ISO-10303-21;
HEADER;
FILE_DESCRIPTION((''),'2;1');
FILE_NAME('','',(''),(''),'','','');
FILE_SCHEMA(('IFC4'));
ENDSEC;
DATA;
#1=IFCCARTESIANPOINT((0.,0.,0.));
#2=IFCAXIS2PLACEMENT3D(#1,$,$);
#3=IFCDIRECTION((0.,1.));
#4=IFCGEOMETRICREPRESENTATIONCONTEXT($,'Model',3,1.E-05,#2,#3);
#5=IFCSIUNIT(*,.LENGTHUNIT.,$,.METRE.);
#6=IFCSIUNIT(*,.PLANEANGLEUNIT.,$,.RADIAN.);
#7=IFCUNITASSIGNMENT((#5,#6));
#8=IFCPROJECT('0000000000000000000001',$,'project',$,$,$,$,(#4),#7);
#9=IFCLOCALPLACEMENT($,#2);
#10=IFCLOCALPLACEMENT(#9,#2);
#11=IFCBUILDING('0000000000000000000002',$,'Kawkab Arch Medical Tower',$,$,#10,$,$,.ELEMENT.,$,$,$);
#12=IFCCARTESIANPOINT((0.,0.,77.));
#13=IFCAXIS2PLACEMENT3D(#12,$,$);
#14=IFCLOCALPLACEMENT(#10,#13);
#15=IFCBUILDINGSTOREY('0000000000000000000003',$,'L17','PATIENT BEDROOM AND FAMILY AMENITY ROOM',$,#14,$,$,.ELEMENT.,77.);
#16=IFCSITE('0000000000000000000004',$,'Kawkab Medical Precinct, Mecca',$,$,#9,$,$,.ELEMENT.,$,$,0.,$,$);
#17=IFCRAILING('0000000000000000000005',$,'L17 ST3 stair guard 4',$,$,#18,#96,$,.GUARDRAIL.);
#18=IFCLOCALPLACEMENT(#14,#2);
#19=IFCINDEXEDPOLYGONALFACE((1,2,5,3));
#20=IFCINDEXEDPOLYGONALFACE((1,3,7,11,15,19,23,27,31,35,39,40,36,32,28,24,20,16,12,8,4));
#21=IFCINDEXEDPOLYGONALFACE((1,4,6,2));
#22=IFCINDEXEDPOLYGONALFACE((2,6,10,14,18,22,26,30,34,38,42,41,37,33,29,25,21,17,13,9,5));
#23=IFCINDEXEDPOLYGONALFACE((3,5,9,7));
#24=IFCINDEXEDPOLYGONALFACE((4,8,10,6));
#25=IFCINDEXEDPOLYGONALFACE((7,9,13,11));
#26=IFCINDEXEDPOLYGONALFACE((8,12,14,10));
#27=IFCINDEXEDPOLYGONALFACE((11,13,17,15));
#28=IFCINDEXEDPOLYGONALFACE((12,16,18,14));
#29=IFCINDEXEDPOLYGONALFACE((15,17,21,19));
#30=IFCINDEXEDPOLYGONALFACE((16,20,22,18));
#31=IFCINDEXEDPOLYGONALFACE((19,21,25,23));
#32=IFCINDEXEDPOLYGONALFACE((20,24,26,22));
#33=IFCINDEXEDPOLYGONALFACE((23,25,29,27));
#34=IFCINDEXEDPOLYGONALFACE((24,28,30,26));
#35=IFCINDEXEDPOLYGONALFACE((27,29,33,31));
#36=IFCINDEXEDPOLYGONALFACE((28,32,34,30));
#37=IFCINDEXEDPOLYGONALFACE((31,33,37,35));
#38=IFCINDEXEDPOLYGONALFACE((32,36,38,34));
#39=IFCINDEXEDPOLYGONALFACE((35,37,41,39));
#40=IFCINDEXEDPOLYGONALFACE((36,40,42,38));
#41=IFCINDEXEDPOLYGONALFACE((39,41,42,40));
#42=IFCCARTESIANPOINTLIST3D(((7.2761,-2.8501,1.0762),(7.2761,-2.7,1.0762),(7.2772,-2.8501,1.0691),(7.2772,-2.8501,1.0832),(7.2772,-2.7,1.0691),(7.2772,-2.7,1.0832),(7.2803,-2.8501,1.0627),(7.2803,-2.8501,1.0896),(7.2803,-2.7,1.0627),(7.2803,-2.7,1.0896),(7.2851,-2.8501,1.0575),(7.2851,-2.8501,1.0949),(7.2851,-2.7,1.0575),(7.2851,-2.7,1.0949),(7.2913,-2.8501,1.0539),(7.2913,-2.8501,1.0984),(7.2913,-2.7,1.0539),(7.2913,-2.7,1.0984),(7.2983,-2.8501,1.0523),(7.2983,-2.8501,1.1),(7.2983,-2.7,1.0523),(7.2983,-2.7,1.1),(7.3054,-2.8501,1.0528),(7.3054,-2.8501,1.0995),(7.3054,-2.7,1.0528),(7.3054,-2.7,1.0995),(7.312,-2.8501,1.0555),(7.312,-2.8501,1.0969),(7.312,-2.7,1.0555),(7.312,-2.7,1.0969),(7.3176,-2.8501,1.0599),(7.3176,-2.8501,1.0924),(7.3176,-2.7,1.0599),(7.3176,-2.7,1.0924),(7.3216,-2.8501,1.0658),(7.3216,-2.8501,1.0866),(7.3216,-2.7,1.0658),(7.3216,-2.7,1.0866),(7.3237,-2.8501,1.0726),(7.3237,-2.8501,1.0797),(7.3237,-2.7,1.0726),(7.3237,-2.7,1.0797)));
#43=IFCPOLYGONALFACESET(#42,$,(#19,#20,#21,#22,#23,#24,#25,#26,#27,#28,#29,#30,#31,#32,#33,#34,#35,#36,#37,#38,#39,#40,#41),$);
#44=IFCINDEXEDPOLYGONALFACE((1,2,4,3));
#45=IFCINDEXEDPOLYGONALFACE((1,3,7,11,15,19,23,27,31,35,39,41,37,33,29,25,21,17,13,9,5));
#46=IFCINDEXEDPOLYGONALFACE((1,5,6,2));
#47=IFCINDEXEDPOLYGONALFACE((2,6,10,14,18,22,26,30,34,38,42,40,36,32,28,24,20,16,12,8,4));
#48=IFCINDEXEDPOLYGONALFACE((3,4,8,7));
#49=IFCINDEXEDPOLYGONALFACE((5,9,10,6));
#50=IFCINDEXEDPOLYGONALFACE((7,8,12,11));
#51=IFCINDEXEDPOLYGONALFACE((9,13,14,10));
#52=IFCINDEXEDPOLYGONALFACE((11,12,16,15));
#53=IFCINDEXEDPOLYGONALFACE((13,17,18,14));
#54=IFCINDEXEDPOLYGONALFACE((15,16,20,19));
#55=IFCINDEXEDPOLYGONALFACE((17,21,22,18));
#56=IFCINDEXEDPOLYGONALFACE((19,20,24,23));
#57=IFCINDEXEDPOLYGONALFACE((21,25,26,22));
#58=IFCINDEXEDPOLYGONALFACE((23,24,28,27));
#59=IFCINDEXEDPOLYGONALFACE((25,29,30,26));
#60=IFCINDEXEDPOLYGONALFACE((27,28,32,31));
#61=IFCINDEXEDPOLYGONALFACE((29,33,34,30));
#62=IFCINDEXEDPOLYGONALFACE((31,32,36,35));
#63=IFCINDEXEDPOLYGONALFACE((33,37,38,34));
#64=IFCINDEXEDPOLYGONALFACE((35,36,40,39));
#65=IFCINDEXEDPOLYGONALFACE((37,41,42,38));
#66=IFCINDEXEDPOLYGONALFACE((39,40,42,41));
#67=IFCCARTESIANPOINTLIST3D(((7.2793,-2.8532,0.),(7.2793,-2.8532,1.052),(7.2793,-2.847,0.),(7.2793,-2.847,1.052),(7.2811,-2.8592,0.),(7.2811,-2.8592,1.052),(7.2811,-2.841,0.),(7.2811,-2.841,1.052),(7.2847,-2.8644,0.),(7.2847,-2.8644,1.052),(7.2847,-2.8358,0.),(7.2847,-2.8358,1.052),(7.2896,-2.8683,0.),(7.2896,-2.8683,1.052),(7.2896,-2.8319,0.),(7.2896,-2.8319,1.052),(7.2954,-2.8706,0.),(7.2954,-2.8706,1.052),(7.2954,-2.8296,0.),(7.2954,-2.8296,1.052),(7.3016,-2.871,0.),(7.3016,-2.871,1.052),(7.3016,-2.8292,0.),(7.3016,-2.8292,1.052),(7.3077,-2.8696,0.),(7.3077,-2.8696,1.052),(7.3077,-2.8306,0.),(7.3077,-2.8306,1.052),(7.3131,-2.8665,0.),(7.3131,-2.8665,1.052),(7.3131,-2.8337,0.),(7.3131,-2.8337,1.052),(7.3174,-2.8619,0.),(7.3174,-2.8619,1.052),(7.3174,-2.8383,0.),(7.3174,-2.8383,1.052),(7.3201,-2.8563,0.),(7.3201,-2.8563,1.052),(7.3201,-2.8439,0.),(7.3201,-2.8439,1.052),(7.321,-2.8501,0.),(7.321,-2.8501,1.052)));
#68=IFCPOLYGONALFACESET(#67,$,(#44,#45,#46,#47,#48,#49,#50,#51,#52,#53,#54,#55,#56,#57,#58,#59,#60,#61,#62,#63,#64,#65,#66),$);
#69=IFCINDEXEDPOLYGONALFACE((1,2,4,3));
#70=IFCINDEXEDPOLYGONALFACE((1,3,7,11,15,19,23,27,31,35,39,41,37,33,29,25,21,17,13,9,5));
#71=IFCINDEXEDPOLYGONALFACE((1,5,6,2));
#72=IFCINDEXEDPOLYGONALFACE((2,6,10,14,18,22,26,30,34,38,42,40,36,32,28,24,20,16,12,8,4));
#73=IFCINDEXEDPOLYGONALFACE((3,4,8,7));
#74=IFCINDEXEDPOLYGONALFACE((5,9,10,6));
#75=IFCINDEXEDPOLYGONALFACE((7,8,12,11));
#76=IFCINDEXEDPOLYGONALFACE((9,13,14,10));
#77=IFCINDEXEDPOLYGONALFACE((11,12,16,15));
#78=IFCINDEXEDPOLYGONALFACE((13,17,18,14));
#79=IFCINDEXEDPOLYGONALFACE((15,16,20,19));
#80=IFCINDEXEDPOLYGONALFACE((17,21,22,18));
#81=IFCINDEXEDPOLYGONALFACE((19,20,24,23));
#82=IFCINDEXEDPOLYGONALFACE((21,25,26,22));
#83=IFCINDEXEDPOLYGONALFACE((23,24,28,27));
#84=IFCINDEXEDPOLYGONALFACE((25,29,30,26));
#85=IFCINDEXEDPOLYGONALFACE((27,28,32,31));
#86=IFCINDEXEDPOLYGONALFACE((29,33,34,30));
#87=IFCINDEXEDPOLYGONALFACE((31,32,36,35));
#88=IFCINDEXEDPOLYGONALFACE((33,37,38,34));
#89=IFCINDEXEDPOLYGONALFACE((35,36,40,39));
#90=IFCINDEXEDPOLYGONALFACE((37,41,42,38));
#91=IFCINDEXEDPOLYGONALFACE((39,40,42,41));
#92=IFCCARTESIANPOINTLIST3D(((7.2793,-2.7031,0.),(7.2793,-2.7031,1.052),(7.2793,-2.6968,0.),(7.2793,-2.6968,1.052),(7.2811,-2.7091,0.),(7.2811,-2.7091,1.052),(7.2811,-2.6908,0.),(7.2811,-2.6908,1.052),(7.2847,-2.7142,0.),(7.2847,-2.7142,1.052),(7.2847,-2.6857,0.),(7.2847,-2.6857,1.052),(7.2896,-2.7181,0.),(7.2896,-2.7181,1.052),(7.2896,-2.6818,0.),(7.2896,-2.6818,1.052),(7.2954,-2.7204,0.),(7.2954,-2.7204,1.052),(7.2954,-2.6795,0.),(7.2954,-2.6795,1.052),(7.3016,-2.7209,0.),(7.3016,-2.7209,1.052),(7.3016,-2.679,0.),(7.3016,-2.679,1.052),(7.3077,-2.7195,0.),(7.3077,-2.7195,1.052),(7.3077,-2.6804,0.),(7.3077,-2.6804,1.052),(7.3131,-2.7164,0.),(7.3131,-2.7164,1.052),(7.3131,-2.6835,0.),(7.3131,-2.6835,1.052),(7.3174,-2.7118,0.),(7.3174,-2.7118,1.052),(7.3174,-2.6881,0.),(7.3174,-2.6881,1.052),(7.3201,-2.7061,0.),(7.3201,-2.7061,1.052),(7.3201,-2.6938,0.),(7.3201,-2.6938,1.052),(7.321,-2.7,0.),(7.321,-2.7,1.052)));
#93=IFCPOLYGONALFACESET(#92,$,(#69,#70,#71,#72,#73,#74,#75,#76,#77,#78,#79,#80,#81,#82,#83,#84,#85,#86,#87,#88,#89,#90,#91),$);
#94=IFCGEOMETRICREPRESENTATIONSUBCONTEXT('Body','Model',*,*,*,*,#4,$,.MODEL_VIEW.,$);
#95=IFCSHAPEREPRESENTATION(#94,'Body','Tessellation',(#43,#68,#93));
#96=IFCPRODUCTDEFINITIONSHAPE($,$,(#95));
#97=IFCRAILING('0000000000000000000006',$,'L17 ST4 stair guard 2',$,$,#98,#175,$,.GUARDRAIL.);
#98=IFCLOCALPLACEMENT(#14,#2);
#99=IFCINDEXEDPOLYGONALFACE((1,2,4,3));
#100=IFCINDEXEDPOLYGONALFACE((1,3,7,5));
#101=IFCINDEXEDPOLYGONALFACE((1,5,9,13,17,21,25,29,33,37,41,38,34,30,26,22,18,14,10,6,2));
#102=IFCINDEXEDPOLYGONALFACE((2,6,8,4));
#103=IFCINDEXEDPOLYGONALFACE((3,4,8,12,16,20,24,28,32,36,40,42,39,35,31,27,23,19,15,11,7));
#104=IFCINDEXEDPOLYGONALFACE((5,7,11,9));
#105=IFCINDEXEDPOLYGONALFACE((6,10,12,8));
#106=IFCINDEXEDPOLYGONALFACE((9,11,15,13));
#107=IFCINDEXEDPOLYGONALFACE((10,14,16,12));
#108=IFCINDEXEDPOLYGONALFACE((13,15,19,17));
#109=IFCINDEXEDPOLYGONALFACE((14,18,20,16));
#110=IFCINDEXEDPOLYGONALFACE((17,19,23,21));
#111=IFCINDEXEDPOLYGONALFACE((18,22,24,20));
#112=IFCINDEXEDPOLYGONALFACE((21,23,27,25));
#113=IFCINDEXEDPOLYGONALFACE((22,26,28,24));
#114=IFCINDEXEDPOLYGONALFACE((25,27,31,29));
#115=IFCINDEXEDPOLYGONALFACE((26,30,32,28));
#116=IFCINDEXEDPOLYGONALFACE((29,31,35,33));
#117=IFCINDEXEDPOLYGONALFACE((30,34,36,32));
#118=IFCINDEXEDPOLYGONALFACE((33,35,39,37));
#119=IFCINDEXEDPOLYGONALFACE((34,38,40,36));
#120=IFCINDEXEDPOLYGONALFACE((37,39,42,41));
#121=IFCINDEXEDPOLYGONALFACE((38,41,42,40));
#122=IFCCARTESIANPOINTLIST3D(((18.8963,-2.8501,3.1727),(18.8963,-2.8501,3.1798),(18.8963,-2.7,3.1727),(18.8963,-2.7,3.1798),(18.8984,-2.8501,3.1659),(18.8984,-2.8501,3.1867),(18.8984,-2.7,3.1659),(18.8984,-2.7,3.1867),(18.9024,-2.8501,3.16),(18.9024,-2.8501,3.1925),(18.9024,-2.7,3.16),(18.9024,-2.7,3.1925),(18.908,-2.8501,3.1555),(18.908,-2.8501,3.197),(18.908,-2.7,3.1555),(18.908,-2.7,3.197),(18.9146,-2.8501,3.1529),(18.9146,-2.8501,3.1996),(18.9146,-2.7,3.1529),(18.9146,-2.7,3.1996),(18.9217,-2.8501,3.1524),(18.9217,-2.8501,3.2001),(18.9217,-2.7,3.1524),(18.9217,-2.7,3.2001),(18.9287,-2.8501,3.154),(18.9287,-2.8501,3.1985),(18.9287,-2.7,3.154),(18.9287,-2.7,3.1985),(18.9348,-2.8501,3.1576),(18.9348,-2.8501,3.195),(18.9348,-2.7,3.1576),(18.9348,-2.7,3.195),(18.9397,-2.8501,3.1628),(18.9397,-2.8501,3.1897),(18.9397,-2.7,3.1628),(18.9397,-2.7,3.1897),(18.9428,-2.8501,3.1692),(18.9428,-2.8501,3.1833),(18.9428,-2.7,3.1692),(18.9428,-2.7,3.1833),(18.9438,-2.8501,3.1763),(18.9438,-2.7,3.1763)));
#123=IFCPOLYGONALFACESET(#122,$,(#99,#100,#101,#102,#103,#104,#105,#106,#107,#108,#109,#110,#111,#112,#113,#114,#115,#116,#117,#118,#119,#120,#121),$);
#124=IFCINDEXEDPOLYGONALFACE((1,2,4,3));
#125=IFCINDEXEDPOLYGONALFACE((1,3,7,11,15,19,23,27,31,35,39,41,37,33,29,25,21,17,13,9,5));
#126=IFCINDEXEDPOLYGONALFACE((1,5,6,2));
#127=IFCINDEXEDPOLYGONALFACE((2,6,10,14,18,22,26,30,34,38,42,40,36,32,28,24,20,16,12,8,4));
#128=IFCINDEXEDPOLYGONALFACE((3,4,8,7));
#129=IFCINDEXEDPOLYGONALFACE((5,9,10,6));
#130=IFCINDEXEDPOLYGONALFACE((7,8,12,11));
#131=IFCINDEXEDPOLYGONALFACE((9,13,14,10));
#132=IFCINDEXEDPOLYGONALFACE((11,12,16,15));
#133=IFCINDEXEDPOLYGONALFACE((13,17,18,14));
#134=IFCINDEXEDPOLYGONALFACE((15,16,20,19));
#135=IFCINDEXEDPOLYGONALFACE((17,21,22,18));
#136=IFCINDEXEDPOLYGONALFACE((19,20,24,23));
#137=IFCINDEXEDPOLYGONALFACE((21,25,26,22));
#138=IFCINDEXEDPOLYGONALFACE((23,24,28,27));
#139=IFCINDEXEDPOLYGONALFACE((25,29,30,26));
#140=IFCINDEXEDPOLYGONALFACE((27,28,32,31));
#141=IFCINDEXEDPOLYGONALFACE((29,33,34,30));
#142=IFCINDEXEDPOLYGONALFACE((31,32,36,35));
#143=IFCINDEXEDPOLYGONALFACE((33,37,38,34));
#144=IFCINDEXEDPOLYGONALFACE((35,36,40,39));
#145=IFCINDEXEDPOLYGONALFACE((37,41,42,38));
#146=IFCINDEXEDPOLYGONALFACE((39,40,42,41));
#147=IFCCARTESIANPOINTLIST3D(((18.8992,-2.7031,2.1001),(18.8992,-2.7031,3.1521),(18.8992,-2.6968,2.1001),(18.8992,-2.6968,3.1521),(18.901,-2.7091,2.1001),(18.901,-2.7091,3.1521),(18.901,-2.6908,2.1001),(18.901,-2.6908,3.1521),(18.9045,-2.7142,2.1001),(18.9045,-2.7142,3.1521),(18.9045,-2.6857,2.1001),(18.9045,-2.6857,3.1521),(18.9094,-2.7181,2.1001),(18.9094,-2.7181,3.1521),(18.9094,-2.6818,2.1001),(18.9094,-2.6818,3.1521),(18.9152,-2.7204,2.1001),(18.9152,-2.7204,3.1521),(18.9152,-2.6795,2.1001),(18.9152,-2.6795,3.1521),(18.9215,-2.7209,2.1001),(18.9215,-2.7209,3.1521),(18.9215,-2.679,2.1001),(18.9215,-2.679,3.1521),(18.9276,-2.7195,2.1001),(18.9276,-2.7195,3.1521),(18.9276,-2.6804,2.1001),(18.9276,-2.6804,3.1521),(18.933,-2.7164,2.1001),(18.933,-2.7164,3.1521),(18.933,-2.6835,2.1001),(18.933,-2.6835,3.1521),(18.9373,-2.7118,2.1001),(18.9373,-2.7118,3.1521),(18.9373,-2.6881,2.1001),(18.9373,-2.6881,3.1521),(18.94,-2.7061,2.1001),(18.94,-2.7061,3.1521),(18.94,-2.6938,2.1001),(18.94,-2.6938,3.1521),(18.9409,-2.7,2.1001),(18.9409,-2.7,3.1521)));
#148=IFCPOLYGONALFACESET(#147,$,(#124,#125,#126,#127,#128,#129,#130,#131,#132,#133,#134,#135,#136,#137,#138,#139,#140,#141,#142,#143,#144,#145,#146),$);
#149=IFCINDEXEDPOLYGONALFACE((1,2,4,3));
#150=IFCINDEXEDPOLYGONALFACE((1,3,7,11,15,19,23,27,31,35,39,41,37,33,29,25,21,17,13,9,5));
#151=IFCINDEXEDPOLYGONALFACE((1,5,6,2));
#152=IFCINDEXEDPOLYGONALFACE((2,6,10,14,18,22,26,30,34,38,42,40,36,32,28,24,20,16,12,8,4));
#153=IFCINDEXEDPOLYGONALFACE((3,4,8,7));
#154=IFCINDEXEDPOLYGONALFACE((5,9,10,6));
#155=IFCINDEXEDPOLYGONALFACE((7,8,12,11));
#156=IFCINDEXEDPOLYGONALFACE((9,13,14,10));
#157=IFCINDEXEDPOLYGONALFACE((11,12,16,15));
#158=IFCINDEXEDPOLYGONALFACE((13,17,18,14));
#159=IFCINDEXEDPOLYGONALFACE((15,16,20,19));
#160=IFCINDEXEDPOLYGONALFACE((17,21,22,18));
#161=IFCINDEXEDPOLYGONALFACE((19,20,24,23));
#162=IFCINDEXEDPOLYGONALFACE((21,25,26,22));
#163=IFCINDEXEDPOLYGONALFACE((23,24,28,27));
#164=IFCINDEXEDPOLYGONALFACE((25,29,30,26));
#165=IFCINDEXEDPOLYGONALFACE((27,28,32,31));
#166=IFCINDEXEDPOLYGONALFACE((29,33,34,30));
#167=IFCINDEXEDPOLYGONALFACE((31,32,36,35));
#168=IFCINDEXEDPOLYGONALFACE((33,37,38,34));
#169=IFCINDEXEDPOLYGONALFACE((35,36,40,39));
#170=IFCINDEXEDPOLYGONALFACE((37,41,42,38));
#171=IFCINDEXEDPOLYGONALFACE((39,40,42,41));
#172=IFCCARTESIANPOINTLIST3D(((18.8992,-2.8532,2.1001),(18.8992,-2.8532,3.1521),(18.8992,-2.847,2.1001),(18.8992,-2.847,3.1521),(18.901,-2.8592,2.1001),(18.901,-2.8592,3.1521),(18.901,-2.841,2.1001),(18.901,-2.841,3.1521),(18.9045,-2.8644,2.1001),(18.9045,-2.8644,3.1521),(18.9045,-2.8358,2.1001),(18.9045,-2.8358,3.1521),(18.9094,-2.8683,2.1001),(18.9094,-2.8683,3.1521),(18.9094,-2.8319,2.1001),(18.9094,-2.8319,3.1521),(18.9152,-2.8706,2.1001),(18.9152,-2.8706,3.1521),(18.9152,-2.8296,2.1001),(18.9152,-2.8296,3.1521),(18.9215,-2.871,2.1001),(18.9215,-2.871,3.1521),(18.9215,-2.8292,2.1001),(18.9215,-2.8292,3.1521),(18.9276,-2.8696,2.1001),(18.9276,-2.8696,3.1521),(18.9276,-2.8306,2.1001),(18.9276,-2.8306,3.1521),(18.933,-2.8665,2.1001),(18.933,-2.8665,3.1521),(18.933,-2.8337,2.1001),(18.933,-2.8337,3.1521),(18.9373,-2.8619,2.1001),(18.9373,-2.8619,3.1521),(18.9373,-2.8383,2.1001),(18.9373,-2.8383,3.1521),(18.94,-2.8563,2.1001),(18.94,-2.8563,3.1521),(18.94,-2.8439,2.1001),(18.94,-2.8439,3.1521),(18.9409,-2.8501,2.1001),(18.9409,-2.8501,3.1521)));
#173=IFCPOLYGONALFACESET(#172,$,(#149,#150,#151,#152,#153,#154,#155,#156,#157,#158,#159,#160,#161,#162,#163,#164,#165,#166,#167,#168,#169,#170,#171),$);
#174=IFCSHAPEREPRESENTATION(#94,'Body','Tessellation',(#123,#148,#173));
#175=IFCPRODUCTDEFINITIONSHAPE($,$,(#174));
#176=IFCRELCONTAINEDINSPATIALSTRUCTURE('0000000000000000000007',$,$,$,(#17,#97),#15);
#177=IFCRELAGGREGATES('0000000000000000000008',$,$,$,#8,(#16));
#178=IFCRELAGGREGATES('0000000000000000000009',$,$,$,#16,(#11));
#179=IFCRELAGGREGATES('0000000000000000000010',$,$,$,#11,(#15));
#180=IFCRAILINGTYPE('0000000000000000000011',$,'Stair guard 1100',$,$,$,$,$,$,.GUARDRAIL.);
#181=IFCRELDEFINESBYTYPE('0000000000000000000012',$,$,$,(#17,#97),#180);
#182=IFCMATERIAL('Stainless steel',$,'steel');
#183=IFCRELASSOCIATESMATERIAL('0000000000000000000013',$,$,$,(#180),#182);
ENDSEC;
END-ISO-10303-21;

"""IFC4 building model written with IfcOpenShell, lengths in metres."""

from ifc_helpers import new_model, si_unit, direction, frame, origin, origin_2d, place, context, subcontext, project, spatial, circle, extrude, material, type_object, element, save


model = new_model("IFC4")

# Units and contexts
model_context = context("Model", 3, precision=1e-05, world=origin(), true_north=direction((0.0, 1.0)))
body_context = subcontext(model_context, "Body", "Model", "MODEL_VIEW")
ifc_project = project(units=[si_unit("LENGTHUNIT", "METRE"), si_unit("PLANEANGLEUNIT", "RADIAN")], contexts=[model_context])

# Site, building, storey
site_placement = place(None, origin())
site = spatial("IfcSite", under=ifc_project, at=site_placement, Name="Kawkab Medical Precinct, Mecca", CompositionType="ELEMENT", RefElevation=0.0)
building_placement = place(site_placement, origin())
building = spatial("IfcBuilding", under=site, at=building_placement, Name="Kawkab Arch Medical Tower", CompositionType="ELEMENT")
storey_placement = place(building_placement, frame((0.0, 0.0, 77.0)))
storey = spatial("IfcBuildingStorey", under=building, at=storey_placement, Name="L17", Description="PATIENT BEDROOM AND FAMILY AMENITY ROOM", CompositionType="ELEMENT", Elevation=77.0)

# Railings
ifc_material_1 = material(Name="Stainless steel", Category="steel")
railing_type_1 = type_object("IfcRailingType", Name="Stair guard 1100", PredefinedType="GUARDRAIL", material=ifc_material_1)
railing_1_placement = place(storey_placement, frame((7.3, -2.8501, 0.0)))
element("IfcRailing", 1, at=railing_1_placement, inside=storey, type_object=railing_type_1, Name="L17 ST3 stair guard 4", PredefinedType="GUARDRAIL", context=body_context, shape_type="SweptSolid", body=[
    extrude(circle(Radius=0.0239, at=origin_2d()), frame((0.0, 0.0, 1.0762), z_axis=(0.0, 1.0, 0.0), x_axis=(-1.0, 0.0, 0.0)), (0.0, 0.0, 1.0), 0.1501),
    extrude(circle(Radius=0.021, at=origin_2d()), origin(), (0.0, 0.0, 1.0), 1.052),
    extrude(circle(Radius=0.021, at=origin_2d()), frame((0.0, 0.1501, 0.0)), (0.0, 0.0, 1.0), 1.052),
])
railing_2_placement = place(storey_placement, frame((18.9199, -2.7, 2.1001)))
element("IfcRailing", 2, at=railing_2_placement, inside=storey, type_object=railing_type_1, Name="L17 ST4 stair guard 2", PredefinedType="GUARDRAIL", context=body_context, shape_type="SweptSolid", body=[
    extrude(circle(Radius=0.0239, at=origin_2d()), frame((0.0, 0.0, 1.0762), z_axis=(0.0, -1.0, 0.0), x_axis=(1.0, 0.0, 0.0)), (0.0, 0.0, 1.0), 0.1501),
    extrude(circle(Radius=0.021, at=origin_2d()), origin(), (0.0, 0.0, 1.0), 1.052),
    extrude(circle(Radius=0.021, at=origin_2d()), frame((0.0, -0.1501, 0.0)), (0.0, 0.0, 1.0), 1.052),
])

save(model, "model.ifc")
